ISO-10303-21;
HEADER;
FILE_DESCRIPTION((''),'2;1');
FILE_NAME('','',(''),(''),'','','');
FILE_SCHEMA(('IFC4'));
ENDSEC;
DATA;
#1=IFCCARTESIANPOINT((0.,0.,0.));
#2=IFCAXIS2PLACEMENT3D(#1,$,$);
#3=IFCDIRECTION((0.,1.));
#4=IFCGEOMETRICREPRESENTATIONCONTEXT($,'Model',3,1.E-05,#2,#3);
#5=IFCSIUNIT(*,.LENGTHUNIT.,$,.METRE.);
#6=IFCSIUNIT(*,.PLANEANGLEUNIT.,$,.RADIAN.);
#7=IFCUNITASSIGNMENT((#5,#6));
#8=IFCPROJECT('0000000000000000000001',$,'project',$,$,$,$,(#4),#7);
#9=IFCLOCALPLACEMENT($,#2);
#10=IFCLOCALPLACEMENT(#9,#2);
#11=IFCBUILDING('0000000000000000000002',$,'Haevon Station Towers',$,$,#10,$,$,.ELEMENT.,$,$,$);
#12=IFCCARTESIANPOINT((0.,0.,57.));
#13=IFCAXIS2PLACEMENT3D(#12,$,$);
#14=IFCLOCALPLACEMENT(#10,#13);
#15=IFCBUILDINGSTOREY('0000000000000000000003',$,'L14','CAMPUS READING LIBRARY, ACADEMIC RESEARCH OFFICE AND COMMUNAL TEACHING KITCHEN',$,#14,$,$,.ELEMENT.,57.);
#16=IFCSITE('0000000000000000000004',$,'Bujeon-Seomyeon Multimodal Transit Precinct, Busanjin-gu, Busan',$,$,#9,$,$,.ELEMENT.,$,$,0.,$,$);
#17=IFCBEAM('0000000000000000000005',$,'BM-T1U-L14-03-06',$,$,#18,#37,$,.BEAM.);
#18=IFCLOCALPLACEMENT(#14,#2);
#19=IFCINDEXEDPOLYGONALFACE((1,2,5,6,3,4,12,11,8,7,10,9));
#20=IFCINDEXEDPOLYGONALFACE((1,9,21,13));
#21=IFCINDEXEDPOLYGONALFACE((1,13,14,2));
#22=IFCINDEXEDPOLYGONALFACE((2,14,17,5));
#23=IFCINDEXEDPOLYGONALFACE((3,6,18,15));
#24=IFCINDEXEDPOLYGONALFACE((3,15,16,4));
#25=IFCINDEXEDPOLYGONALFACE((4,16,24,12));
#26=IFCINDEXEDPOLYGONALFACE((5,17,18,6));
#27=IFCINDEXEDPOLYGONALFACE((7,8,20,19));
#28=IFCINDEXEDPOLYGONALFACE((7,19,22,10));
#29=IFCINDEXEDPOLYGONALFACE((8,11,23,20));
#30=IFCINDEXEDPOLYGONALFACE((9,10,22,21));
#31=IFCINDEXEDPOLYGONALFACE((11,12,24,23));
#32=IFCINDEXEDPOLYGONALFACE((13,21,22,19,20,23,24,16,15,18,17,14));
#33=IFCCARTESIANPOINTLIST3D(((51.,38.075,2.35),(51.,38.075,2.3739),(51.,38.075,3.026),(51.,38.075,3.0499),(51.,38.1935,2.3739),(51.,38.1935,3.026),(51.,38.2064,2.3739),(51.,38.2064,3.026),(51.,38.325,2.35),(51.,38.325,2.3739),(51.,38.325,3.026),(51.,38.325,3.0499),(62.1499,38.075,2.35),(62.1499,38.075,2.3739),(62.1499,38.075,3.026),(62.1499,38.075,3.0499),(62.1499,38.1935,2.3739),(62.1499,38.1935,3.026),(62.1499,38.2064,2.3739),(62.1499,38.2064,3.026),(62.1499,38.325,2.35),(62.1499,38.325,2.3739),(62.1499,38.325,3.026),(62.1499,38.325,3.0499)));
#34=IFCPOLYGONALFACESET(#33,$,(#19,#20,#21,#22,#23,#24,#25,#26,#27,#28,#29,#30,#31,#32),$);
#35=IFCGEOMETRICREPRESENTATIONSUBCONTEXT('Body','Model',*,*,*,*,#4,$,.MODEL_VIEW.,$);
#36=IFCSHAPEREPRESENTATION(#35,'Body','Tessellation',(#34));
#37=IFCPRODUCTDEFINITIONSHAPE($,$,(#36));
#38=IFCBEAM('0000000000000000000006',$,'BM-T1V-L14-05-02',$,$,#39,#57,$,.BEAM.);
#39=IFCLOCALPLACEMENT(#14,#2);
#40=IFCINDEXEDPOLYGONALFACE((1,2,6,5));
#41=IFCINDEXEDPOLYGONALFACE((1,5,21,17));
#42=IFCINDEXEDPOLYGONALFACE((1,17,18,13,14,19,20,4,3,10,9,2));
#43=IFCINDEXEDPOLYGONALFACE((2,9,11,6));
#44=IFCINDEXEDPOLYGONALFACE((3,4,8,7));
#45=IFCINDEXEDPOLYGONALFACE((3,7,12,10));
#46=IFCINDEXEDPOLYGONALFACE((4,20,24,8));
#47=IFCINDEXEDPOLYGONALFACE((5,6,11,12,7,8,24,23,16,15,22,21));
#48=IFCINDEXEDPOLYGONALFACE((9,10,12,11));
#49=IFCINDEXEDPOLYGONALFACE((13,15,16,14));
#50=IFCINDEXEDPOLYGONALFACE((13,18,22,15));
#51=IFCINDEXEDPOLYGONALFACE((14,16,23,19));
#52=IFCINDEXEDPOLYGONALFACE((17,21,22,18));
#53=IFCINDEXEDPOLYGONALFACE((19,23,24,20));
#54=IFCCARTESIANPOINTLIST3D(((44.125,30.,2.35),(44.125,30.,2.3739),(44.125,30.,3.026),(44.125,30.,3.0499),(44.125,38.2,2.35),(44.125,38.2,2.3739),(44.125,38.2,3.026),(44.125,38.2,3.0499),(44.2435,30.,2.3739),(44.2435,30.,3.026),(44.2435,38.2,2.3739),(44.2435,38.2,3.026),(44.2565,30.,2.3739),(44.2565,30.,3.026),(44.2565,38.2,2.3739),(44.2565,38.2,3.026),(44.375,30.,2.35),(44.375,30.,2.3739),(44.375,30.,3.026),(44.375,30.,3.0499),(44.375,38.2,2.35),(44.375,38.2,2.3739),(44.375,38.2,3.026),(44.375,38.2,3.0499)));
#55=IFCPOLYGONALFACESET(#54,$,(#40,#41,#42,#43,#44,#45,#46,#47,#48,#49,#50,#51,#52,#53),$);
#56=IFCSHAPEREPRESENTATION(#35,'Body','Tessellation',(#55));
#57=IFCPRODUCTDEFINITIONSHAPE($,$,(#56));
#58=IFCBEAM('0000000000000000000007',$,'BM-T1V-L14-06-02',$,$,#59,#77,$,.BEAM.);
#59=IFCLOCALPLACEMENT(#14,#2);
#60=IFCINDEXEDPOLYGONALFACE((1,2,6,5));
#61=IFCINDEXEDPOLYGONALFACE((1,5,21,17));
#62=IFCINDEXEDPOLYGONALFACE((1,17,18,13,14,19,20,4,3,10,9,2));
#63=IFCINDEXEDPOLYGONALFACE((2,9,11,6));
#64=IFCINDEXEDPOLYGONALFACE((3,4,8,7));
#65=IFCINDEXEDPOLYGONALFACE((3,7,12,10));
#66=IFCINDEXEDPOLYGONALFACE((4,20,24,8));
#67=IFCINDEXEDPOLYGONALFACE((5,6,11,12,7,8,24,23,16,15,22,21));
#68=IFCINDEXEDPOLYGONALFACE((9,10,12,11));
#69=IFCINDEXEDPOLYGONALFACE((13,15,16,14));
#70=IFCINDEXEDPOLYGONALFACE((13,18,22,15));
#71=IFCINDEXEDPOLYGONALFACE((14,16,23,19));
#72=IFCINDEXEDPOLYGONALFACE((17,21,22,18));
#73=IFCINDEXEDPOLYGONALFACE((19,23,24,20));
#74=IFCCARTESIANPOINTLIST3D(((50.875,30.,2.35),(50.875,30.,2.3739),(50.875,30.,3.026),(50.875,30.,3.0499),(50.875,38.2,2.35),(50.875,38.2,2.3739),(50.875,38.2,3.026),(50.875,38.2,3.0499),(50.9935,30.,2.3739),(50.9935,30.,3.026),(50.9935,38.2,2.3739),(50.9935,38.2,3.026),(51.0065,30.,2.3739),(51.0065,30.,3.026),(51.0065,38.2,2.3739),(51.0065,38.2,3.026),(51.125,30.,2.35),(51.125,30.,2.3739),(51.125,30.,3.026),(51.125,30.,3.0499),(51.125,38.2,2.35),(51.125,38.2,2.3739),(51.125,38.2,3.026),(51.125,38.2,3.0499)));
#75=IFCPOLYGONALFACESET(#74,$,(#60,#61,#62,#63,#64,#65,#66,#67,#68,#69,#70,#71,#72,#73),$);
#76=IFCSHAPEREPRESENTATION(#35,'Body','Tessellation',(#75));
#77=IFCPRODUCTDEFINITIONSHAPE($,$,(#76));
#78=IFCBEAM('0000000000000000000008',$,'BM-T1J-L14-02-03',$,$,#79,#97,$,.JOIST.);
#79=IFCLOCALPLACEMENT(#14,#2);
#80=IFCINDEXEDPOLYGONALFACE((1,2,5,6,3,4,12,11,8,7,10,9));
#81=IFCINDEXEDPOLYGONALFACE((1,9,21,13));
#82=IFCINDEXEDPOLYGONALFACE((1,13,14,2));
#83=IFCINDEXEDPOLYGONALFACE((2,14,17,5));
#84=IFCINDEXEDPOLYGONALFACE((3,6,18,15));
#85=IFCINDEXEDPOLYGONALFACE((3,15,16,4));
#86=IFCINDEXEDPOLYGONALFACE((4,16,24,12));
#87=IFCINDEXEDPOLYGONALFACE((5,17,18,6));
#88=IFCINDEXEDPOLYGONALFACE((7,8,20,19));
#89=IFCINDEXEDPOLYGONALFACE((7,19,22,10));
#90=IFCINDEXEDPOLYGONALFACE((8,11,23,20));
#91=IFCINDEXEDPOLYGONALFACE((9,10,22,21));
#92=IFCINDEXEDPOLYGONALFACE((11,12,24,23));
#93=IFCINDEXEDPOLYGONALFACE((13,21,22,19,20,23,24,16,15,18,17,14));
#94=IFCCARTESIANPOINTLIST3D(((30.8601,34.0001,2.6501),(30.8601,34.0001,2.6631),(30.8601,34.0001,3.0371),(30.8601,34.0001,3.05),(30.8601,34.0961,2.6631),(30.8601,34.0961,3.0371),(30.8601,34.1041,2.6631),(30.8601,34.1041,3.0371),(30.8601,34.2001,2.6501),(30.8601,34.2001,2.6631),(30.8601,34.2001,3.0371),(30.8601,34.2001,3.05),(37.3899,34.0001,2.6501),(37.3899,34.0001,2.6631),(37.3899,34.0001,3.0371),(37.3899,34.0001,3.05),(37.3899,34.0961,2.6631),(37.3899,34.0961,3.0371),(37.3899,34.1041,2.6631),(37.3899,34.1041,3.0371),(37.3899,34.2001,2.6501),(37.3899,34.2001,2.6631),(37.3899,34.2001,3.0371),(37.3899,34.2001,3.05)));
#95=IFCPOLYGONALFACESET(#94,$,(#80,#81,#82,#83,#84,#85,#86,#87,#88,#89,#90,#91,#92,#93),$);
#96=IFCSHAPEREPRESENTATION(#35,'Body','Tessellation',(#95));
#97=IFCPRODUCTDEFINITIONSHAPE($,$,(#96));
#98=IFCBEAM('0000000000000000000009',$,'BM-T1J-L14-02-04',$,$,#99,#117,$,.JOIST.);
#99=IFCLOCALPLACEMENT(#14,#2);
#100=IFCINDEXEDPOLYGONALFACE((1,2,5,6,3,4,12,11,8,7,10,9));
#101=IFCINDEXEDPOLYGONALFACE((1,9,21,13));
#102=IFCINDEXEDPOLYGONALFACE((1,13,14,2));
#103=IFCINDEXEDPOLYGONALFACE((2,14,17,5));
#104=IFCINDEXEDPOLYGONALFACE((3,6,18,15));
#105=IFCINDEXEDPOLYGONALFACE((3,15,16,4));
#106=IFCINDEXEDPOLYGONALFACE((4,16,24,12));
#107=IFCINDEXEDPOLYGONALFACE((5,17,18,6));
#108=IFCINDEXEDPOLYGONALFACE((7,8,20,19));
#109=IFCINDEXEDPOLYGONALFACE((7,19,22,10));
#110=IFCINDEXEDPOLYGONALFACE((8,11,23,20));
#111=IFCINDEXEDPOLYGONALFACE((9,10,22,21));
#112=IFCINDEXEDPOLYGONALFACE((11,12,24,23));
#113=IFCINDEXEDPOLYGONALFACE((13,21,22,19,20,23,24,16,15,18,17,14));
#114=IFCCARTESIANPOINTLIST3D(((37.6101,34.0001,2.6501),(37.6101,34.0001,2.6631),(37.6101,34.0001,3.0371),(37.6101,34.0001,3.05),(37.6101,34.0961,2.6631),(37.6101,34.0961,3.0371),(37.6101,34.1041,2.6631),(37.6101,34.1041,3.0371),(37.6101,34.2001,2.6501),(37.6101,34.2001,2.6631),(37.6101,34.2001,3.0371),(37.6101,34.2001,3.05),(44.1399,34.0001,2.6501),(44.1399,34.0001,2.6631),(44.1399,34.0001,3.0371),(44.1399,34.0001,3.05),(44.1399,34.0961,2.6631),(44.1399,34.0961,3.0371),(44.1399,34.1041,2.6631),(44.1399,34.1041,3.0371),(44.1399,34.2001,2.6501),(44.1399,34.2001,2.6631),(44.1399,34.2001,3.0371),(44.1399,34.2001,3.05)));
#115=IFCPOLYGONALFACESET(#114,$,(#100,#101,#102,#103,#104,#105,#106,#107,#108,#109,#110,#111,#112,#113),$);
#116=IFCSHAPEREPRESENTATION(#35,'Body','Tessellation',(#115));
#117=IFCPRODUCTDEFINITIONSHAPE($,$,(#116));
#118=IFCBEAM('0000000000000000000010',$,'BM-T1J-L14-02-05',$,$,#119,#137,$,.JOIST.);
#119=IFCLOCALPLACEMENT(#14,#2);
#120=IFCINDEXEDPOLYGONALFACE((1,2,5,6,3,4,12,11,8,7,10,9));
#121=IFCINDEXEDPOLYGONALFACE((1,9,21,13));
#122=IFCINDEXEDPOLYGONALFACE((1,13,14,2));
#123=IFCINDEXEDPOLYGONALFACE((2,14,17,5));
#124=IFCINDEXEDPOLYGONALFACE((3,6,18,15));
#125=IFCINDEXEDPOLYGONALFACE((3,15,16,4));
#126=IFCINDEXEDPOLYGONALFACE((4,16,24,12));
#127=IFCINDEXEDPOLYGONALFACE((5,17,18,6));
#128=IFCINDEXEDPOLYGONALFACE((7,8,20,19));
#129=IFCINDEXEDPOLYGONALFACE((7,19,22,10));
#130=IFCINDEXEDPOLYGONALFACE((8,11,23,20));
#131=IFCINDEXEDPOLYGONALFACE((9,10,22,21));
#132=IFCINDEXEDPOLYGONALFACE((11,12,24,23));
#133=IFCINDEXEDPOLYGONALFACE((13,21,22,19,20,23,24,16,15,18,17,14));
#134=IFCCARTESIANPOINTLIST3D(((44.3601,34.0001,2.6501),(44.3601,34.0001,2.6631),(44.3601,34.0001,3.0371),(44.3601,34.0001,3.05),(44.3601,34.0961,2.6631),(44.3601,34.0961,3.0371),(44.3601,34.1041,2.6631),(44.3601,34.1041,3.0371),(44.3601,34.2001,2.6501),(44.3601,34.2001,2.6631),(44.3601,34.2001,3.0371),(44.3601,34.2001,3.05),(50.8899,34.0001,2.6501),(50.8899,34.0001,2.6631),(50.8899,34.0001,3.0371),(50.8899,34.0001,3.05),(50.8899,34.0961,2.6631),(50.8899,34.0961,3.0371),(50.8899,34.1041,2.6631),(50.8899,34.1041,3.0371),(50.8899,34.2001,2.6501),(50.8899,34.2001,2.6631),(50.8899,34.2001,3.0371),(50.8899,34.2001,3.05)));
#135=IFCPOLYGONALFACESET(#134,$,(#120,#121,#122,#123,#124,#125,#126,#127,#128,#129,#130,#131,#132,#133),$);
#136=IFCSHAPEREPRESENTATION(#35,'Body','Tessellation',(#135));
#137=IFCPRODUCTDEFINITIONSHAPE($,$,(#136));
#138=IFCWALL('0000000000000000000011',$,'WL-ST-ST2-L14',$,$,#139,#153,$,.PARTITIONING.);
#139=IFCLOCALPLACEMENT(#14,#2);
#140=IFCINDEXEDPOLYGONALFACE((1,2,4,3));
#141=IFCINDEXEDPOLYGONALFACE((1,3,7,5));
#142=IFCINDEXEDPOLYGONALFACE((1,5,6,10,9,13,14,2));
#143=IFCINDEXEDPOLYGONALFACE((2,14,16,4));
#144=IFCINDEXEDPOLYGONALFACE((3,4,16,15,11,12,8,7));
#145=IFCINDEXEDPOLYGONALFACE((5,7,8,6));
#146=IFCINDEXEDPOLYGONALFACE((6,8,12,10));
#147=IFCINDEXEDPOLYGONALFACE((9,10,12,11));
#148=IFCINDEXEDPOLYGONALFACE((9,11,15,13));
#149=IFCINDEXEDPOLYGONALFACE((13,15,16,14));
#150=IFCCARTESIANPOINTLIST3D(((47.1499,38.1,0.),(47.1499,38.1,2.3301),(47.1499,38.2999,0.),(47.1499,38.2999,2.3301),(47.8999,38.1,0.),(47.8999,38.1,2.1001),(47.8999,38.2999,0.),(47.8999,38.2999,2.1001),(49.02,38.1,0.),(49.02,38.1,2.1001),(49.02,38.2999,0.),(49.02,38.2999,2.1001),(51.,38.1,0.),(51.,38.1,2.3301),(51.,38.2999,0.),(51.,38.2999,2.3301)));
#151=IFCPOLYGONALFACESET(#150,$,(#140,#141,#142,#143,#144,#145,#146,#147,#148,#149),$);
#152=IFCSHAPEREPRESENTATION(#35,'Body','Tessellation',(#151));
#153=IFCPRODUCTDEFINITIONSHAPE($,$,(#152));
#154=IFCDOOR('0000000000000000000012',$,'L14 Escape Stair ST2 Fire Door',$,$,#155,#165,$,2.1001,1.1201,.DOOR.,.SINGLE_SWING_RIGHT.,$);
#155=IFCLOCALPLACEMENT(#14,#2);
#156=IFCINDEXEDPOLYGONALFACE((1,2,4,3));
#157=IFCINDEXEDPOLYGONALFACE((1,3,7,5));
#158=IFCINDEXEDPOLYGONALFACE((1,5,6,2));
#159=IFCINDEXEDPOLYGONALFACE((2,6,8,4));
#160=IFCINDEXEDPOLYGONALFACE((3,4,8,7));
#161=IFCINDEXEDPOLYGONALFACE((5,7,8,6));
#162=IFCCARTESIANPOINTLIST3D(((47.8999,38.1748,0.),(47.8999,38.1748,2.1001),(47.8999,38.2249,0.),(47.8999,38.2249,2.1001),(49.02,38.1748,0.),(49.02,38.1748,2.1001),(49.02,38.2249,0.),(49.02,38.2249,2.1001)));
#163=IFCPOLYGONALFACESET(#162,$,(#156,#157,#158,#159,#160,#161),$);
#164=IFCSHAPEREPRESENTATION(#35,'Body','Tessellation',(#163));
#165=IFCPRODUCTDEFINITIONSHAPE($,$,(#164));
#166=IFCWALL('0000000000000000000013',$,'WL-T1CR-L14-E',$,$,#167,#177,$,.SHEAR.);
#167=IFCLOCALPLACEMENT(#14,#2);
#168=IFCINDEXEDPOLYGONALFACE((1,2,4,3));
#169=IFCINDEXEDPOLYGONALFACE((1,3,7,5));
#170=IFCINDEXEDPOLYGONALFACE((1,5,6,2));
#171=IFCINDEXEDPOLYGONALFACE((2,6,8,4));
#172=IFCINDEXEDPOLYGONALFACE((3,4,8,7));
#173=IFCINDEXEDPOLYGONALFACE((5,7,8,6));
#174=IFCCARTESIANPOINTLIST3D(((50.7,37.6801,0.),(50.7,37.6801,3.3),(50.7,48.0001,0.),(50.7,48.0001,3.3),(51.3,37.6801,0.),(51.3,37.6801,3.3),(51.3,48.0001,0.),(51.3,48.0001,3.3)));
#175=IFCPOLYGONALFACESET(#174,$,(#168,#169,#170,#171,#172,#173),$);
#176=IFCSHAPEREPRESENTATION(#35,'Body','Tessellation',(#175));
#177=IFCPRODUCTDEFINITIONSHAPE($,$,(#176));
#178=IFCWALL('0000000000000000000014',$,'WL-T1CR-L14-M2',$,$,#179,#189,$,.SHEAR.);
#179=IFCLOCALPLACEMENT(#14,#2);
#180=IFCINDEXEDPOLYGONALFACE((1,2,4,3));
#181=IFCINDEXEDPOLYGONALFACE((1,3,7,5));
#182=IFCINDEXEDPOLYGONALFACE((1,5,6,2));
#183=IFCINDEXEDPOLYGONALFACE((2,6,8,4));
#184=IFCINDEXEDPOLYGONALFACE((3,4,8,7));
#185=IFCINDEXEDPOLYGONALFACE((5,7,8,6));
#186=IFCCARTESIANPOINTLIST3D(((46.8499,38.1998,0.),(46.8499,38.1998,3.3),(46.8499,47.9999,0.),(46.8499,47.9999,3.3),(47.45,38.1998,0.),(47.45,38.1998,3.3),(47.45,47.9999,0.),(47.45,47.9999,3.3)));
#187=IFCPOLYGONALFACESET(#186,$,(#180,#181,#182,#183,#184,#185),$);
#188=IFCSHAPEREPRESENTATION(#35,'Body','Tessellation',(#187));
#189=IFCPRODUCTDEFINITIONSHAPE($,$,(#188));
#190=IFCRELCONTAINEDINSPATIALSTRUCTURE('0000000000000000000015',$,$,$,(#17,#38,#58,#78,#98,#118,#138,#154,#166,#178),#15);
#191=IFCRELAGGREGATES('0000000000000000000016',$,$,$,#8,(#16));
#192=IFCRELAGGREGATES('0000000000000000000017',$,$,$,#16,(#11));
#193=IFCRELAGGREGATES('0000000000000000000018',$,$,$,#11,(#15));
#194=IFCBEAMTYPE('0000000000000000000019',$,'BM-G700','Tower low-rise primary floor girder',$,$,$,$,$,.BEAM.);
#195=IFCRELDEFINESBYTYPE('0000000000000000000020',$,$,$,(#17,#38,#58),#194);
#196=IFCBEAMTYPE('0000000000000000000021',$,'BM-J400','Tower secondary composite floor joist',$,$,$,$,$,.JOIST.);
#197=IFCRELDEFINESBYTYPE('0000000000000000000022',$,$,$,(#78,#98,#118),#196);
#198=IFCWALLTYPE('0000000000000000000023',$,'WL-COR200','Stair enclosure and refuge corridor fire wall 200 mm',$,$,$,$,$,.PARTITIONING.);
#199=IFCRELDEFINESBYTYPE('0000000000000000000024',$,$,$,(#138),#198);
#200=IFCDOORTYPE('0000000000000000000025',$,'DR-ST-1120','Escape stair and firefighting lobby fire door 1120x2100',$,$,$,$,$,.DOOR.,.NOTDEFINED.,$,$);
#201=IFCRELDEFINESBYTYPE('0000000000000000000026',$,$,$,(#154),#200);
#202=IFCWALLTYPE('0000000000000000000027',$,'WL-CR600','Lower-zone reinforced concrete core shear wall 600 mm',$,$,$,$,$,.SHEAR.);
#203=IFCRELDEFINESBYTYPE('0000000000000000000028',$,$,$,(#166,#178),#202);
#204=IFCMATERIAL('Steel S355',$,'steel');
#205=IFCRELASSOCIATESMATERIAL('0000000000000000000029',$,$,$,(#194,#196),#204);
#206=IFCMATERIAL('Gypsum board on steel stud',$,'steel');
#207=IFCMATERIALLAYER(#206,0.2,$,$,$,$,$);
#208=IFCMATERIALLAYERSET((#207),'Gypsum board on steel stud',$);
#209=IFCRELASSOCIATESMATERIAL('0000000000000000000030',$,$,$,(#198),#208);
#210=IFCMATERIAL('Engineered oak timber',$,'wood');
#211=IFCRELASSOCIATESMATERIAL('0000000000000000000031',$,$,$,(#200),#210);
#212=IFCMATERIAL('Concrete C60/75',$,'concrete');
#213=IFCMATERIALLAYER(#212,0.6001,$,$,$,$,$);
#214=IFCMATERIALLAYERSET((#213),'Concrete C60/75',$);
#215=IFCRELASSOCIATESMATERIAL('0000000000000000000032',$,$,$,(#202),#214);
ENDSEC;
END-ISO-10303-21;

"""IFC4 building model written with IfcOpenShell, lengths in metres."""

from ifc_helpers import new_model, si_unit, direction, frame, frame_2d, origin, origin_2d, place, context, subcontext, project, spatial, rectangle, i_section, extrude, material, layer, layer_set, material_profile, profile_set, type_object, element, fill, save


model = new_model("IFC4")

# Units and contexts
model_context = context("Model", 3, precision=1e-05, world=origin(), true_north=direction((0.0, 1.0)))
body_context = subcontext(model_context, "Body", "Model", "MODEL_VIEW")
ifc_project = project(units=[si_unit("LENGTHUNIT", "METRE"), si_unit("PLANEANGLEUNIT", "RADIAN")], contexts=[model_context])

# Site, building, storey
site_placement = place(None, origin())
site = spatial("IfcSite", under=ifc_project, at=site_placement, Name="Bujeon-Seomyeon Multimodal Transit Precinct, Busanjin-gu, Busan", CompositionType="ELEMENT", RefElevation=0.0)
building_placement = place(site_placement, origin())
building = spatial("IfcBuilding", under=site, at=building_placement, Name="Haevon Station Towers", CompositionType="ELEMENT")
storey_placement = place(building_placement, frame((0.0, 0.0, 57.0)))
storey = spatial("IfcBuildingStorey", under=building, at=storey_placement, Name="L14", Description="CAMPUS READING LIBRARY, ACADEMIC RESEARCH OFFICE AND COMMUNAL TEACHING KITCHEN", CompositionType="ELEMENT", Elevation=57.0)

# Beams
ifc_material_1 = material(Name="Steel S355", Category="steel")
ifc_material_profile_1 = material_profile(ifc_material_1, i_section(OverallWidth=0.25, OverallDepth=0.7, WebThickness=0.0129, FlangeThickness=0.0239, at=origin_2d()), Name="H-700x250x13x24")
ifc_profile_set_1 = profile_set([ifc_material_profile_1], Name="Steel S355")
beam_type_1 = type_object("IfcBeamType", Name="BM-G700", Description="Tower low-rise primary floor girder", PredefinedType="BEAM", material=ifc_profile_set_1)
beam_1_placement = place(storey_placement, frame((51.0, 38.2, 2.7), z_axis=(1.0, 0.0, 0.0), x_axis=(0.0, 1.0, 0.0)))
element("IfcBeam", 1, at=beam_1_placement, inside=storey, type_object=beam_type_1, Name="BM-T1U-L14-03-06", PredefinedType="BEAM", context=body_context, shape_type="SweptSolid", body=[
    extrude(i_section(OverallWidth=0.25, OverallDepth=0.7, WebThickness=0.0129, FlangeThickness=0.0239, at=origin_2d()), origin(), (0.0, 0.0, 1.0), 11.1499),
])
for number, where, z_axis, x_axis, name in (
    (2, (44.25, 30.0, 2.7), (0.0, 1.0, 0.0), (-1.0, 0.0, 0.0), "BM-T1V-L14-05-02"),
    (3, (51.0, 30.0, 2.7), (0.0, 1.0, 0.0), (-1.0, 0.0, 0.0), "BM-T1V-L14-06-02"),
):
    element("IfcBeam", number, at=place(storey_placement, frame(where, z_axis=z_axis, x_axis=x_axis)), inside=storey, type_object=beam_type_1, Name=name, PredefinedType="BEAM", context=body_context, shape_type="SweptSolid", body=[
        extrude(i_section(OverallWidth=0.25, OverallDepth=0.7, WebThickness=0.0129, FlangeThickness=0.0239, at=origin_2d()), origin(), (0.0, 0.0, 1.0), 8.2),
    ])
ifc_material_profile_2 = material_profile(ifc_material_1, i_section(OverallWidth=0.2, OverallDepth=0.3999, WebThickness=0.0081, FlangeThickness=0.0129, at=origin_2d()), Name="H-400x200x8x13")
ifc_profile_set_2 = profile_set([ifc_material_profile_2], Name="Steel S355")
beam_type_2 = type_object("IfcBeamType", Name="BM-J400", Description="Tower secondary composite floor joist", PredefinedType="JOIST", material=ifc_profile_set_2)
for number, where, z_axis, x_axis, name in (
    (4, (30.8601, 34.1001, 2.8501), (1.0, 0.0, 0.0), (0.0, 1.0, 0.0), "BM-T1J-L14-02-03"),
    (5, (37.6101, 34.1001, 2.8501), (1.0, 0.0, 0.0), (0.0, 1.0, 0.0), "BM-T1J-L14-02-04"),
    (6, (44.3601, 34.1001, 2.8501), (1.0, 0.0, 0.0), (0.0, 1.0, 0.0), "BM-T1J-L14-02-05"),
):
    element("IfcBeam", number, at=place(storey_placement, frame(where, z_axis=z_axis, x_axis=x_axis)), inside=storey, type_object=beam_type_2, Name=name, PredefinedType="JOIST", context=body_context, shape_type="SweptSolid", body=[
        extrude(i_section(OverallWidth=0.2, OverallDepth=0.3999, WebThickness=0.0081, FlangeThickness=0.0129, at=origin_2d()), origin(), (0.0, 0.0, 1.0), 6.5298),
    ])

# Wall, opening, door
ifc_material_2 = material(Name="Gypsum board on steel stud", Category="steel")
ifc_layer_1 = layer(ifc_material_2, 0.2)
ifc_layer_set_1 = layer_set([ifc_layer_1], Name="Gypsum board on steel stud")
wall_type_1 = type_object("IfcWallType", Name="WL-COR200", Description="Stair enclosure and refuge corridor fire wall 200 mm", PredefinedType="PARTITIONING", material=ifc_layer_set_1)
wall_1_placement = place(storey_placement, frame((47.1499, 38.2, 0.0), z_axis=(0.0, 0.0, 1.0), x_axis=(1.0, 0.0, 0.0)))
wall_1 = element("IfcWall", 7, at=wall_1_placement, inside=storey, type_object=wall_type_1, Name="WL-ST-ST2-L14", PredefinedType="PARTITIONING", context=body_context, shape_type="SweptSolid", body=[
    extrude(rectangle(XDim=3.8501, YDim=0.2, at=frame_2d((1.925, 0.0))), origin(), (0.0, 0.0, 1.0), 2.3301),
])
opening_placement = place(wall_1_placement, frame((0.75, 0.0, 0.0)))
opening = element("IfcOpeningElement", 8, at=opening_placement, cuts=wall_1, PredefinedType="OPENING", context=body_context, shape_type="SweptSolid", body=[
    extrude(rectangle(XDim=1.1201, YDim=2.1001, at=frame_2d((0.5601, 1.05))), frame((0.0, 0.1099, 0.0), z_axis=(0.0, -1.0, 0.0), x_axis=(1.0, 0.0, 0.0)), (0.0, 0.0, 1.0), 0.22),
])
ifc_material_3 = material(Name="Engineered oak timber", Category="wood")
door_type = type_object("IfcDoorType", Name="DR-ST-1120", Description="Escape stair and firefighting lobby fire door 1120x2100", OperationType="NOTDEFINED", PredefinedType="DOOR", material=ifc_material_3)
door_placement = place(opening_placement, origin())
door = element("IfcDoor", 9, at=door_placement, inside=storey, type_object=door_type, Name="L14 Escape Stair ST2 Fire Door", OperationType="SINGLE_SWING_RIGHT", OverallHeight=2.1001, OverallWidth=1.1201, PredefinedType="DOOR", context=body_context, shape_type="SweptSolid", body=[
    extrude(rectangle(XDim=1.1201, YDim=2.1001, at=frame_2d((0.5601, 1.05))), frame((0.0, 0.0249, 0.0), z_axis=(0.0, -1.0, 0.0), x_axis=(1.0, 0.0, 0.0)), (0.0, 0.0, 1.0), 0.05),
])
fill(opening, door)

# Walls
ifc_material_4 = material(Name="Concrete C60/75", Category="concrete")
ifc_layer_2 = layer(ifc_material_4, 0.6001)
ifc_layer_set_2 = layer_set([ifc_layer_2], Name="Concrete C60/75")
wall_type_2 = type_object("IfcWallType", Name="WL-CR600", Description="Lower-zone reinforced concrete core shear wall 600 mm", PredefinedType="SHEAR", material=ifc_layer_set_2)
wall_2_placement = place(storey_placement, frame((51.0, 37.6799, 0.0), z_axis=(0.0, 0.0, 1.0), x_axis=(0.0, 1.0, 0.0)))
element("IfcWall", 10, at=wall_2_placement, inside=storey, type_object=wall_type_2, Name="WL-T1CR-L14-E", PredefinedType="SHEAR", context=body_context, shape_type="SweptSolid", body=[
    extrude(rectangle(XDim=10.3201, YDim=0.6001, at=frame_2d((5.1602, 0.0))), origin(), (0.0, 0.0, 1.0), 3.3),
])
wall_3_placement = place(storey_placement, frame((47.1499, 38.2, 0.0), z_axis=(0.0, 0.0, 1.0), x_axis=(0.0, 1.0, 0.0)))
element("IfcWall", 11, at=wall_3_placement, inside=storey, type_object=wall_type_2, Name="WL-T1CR-L14-M2", PredefinedType="SHEAR", context=body_context, shape_type="SweptSolid", body=[
    extrude(rectangle(XDim=9.8, YDim=0.6001, at=frame_2d((4.8999, 0.0))), origin(), (0.0, 0.0, 1.0), 3.3),
])

save(model, "model.ifc")
